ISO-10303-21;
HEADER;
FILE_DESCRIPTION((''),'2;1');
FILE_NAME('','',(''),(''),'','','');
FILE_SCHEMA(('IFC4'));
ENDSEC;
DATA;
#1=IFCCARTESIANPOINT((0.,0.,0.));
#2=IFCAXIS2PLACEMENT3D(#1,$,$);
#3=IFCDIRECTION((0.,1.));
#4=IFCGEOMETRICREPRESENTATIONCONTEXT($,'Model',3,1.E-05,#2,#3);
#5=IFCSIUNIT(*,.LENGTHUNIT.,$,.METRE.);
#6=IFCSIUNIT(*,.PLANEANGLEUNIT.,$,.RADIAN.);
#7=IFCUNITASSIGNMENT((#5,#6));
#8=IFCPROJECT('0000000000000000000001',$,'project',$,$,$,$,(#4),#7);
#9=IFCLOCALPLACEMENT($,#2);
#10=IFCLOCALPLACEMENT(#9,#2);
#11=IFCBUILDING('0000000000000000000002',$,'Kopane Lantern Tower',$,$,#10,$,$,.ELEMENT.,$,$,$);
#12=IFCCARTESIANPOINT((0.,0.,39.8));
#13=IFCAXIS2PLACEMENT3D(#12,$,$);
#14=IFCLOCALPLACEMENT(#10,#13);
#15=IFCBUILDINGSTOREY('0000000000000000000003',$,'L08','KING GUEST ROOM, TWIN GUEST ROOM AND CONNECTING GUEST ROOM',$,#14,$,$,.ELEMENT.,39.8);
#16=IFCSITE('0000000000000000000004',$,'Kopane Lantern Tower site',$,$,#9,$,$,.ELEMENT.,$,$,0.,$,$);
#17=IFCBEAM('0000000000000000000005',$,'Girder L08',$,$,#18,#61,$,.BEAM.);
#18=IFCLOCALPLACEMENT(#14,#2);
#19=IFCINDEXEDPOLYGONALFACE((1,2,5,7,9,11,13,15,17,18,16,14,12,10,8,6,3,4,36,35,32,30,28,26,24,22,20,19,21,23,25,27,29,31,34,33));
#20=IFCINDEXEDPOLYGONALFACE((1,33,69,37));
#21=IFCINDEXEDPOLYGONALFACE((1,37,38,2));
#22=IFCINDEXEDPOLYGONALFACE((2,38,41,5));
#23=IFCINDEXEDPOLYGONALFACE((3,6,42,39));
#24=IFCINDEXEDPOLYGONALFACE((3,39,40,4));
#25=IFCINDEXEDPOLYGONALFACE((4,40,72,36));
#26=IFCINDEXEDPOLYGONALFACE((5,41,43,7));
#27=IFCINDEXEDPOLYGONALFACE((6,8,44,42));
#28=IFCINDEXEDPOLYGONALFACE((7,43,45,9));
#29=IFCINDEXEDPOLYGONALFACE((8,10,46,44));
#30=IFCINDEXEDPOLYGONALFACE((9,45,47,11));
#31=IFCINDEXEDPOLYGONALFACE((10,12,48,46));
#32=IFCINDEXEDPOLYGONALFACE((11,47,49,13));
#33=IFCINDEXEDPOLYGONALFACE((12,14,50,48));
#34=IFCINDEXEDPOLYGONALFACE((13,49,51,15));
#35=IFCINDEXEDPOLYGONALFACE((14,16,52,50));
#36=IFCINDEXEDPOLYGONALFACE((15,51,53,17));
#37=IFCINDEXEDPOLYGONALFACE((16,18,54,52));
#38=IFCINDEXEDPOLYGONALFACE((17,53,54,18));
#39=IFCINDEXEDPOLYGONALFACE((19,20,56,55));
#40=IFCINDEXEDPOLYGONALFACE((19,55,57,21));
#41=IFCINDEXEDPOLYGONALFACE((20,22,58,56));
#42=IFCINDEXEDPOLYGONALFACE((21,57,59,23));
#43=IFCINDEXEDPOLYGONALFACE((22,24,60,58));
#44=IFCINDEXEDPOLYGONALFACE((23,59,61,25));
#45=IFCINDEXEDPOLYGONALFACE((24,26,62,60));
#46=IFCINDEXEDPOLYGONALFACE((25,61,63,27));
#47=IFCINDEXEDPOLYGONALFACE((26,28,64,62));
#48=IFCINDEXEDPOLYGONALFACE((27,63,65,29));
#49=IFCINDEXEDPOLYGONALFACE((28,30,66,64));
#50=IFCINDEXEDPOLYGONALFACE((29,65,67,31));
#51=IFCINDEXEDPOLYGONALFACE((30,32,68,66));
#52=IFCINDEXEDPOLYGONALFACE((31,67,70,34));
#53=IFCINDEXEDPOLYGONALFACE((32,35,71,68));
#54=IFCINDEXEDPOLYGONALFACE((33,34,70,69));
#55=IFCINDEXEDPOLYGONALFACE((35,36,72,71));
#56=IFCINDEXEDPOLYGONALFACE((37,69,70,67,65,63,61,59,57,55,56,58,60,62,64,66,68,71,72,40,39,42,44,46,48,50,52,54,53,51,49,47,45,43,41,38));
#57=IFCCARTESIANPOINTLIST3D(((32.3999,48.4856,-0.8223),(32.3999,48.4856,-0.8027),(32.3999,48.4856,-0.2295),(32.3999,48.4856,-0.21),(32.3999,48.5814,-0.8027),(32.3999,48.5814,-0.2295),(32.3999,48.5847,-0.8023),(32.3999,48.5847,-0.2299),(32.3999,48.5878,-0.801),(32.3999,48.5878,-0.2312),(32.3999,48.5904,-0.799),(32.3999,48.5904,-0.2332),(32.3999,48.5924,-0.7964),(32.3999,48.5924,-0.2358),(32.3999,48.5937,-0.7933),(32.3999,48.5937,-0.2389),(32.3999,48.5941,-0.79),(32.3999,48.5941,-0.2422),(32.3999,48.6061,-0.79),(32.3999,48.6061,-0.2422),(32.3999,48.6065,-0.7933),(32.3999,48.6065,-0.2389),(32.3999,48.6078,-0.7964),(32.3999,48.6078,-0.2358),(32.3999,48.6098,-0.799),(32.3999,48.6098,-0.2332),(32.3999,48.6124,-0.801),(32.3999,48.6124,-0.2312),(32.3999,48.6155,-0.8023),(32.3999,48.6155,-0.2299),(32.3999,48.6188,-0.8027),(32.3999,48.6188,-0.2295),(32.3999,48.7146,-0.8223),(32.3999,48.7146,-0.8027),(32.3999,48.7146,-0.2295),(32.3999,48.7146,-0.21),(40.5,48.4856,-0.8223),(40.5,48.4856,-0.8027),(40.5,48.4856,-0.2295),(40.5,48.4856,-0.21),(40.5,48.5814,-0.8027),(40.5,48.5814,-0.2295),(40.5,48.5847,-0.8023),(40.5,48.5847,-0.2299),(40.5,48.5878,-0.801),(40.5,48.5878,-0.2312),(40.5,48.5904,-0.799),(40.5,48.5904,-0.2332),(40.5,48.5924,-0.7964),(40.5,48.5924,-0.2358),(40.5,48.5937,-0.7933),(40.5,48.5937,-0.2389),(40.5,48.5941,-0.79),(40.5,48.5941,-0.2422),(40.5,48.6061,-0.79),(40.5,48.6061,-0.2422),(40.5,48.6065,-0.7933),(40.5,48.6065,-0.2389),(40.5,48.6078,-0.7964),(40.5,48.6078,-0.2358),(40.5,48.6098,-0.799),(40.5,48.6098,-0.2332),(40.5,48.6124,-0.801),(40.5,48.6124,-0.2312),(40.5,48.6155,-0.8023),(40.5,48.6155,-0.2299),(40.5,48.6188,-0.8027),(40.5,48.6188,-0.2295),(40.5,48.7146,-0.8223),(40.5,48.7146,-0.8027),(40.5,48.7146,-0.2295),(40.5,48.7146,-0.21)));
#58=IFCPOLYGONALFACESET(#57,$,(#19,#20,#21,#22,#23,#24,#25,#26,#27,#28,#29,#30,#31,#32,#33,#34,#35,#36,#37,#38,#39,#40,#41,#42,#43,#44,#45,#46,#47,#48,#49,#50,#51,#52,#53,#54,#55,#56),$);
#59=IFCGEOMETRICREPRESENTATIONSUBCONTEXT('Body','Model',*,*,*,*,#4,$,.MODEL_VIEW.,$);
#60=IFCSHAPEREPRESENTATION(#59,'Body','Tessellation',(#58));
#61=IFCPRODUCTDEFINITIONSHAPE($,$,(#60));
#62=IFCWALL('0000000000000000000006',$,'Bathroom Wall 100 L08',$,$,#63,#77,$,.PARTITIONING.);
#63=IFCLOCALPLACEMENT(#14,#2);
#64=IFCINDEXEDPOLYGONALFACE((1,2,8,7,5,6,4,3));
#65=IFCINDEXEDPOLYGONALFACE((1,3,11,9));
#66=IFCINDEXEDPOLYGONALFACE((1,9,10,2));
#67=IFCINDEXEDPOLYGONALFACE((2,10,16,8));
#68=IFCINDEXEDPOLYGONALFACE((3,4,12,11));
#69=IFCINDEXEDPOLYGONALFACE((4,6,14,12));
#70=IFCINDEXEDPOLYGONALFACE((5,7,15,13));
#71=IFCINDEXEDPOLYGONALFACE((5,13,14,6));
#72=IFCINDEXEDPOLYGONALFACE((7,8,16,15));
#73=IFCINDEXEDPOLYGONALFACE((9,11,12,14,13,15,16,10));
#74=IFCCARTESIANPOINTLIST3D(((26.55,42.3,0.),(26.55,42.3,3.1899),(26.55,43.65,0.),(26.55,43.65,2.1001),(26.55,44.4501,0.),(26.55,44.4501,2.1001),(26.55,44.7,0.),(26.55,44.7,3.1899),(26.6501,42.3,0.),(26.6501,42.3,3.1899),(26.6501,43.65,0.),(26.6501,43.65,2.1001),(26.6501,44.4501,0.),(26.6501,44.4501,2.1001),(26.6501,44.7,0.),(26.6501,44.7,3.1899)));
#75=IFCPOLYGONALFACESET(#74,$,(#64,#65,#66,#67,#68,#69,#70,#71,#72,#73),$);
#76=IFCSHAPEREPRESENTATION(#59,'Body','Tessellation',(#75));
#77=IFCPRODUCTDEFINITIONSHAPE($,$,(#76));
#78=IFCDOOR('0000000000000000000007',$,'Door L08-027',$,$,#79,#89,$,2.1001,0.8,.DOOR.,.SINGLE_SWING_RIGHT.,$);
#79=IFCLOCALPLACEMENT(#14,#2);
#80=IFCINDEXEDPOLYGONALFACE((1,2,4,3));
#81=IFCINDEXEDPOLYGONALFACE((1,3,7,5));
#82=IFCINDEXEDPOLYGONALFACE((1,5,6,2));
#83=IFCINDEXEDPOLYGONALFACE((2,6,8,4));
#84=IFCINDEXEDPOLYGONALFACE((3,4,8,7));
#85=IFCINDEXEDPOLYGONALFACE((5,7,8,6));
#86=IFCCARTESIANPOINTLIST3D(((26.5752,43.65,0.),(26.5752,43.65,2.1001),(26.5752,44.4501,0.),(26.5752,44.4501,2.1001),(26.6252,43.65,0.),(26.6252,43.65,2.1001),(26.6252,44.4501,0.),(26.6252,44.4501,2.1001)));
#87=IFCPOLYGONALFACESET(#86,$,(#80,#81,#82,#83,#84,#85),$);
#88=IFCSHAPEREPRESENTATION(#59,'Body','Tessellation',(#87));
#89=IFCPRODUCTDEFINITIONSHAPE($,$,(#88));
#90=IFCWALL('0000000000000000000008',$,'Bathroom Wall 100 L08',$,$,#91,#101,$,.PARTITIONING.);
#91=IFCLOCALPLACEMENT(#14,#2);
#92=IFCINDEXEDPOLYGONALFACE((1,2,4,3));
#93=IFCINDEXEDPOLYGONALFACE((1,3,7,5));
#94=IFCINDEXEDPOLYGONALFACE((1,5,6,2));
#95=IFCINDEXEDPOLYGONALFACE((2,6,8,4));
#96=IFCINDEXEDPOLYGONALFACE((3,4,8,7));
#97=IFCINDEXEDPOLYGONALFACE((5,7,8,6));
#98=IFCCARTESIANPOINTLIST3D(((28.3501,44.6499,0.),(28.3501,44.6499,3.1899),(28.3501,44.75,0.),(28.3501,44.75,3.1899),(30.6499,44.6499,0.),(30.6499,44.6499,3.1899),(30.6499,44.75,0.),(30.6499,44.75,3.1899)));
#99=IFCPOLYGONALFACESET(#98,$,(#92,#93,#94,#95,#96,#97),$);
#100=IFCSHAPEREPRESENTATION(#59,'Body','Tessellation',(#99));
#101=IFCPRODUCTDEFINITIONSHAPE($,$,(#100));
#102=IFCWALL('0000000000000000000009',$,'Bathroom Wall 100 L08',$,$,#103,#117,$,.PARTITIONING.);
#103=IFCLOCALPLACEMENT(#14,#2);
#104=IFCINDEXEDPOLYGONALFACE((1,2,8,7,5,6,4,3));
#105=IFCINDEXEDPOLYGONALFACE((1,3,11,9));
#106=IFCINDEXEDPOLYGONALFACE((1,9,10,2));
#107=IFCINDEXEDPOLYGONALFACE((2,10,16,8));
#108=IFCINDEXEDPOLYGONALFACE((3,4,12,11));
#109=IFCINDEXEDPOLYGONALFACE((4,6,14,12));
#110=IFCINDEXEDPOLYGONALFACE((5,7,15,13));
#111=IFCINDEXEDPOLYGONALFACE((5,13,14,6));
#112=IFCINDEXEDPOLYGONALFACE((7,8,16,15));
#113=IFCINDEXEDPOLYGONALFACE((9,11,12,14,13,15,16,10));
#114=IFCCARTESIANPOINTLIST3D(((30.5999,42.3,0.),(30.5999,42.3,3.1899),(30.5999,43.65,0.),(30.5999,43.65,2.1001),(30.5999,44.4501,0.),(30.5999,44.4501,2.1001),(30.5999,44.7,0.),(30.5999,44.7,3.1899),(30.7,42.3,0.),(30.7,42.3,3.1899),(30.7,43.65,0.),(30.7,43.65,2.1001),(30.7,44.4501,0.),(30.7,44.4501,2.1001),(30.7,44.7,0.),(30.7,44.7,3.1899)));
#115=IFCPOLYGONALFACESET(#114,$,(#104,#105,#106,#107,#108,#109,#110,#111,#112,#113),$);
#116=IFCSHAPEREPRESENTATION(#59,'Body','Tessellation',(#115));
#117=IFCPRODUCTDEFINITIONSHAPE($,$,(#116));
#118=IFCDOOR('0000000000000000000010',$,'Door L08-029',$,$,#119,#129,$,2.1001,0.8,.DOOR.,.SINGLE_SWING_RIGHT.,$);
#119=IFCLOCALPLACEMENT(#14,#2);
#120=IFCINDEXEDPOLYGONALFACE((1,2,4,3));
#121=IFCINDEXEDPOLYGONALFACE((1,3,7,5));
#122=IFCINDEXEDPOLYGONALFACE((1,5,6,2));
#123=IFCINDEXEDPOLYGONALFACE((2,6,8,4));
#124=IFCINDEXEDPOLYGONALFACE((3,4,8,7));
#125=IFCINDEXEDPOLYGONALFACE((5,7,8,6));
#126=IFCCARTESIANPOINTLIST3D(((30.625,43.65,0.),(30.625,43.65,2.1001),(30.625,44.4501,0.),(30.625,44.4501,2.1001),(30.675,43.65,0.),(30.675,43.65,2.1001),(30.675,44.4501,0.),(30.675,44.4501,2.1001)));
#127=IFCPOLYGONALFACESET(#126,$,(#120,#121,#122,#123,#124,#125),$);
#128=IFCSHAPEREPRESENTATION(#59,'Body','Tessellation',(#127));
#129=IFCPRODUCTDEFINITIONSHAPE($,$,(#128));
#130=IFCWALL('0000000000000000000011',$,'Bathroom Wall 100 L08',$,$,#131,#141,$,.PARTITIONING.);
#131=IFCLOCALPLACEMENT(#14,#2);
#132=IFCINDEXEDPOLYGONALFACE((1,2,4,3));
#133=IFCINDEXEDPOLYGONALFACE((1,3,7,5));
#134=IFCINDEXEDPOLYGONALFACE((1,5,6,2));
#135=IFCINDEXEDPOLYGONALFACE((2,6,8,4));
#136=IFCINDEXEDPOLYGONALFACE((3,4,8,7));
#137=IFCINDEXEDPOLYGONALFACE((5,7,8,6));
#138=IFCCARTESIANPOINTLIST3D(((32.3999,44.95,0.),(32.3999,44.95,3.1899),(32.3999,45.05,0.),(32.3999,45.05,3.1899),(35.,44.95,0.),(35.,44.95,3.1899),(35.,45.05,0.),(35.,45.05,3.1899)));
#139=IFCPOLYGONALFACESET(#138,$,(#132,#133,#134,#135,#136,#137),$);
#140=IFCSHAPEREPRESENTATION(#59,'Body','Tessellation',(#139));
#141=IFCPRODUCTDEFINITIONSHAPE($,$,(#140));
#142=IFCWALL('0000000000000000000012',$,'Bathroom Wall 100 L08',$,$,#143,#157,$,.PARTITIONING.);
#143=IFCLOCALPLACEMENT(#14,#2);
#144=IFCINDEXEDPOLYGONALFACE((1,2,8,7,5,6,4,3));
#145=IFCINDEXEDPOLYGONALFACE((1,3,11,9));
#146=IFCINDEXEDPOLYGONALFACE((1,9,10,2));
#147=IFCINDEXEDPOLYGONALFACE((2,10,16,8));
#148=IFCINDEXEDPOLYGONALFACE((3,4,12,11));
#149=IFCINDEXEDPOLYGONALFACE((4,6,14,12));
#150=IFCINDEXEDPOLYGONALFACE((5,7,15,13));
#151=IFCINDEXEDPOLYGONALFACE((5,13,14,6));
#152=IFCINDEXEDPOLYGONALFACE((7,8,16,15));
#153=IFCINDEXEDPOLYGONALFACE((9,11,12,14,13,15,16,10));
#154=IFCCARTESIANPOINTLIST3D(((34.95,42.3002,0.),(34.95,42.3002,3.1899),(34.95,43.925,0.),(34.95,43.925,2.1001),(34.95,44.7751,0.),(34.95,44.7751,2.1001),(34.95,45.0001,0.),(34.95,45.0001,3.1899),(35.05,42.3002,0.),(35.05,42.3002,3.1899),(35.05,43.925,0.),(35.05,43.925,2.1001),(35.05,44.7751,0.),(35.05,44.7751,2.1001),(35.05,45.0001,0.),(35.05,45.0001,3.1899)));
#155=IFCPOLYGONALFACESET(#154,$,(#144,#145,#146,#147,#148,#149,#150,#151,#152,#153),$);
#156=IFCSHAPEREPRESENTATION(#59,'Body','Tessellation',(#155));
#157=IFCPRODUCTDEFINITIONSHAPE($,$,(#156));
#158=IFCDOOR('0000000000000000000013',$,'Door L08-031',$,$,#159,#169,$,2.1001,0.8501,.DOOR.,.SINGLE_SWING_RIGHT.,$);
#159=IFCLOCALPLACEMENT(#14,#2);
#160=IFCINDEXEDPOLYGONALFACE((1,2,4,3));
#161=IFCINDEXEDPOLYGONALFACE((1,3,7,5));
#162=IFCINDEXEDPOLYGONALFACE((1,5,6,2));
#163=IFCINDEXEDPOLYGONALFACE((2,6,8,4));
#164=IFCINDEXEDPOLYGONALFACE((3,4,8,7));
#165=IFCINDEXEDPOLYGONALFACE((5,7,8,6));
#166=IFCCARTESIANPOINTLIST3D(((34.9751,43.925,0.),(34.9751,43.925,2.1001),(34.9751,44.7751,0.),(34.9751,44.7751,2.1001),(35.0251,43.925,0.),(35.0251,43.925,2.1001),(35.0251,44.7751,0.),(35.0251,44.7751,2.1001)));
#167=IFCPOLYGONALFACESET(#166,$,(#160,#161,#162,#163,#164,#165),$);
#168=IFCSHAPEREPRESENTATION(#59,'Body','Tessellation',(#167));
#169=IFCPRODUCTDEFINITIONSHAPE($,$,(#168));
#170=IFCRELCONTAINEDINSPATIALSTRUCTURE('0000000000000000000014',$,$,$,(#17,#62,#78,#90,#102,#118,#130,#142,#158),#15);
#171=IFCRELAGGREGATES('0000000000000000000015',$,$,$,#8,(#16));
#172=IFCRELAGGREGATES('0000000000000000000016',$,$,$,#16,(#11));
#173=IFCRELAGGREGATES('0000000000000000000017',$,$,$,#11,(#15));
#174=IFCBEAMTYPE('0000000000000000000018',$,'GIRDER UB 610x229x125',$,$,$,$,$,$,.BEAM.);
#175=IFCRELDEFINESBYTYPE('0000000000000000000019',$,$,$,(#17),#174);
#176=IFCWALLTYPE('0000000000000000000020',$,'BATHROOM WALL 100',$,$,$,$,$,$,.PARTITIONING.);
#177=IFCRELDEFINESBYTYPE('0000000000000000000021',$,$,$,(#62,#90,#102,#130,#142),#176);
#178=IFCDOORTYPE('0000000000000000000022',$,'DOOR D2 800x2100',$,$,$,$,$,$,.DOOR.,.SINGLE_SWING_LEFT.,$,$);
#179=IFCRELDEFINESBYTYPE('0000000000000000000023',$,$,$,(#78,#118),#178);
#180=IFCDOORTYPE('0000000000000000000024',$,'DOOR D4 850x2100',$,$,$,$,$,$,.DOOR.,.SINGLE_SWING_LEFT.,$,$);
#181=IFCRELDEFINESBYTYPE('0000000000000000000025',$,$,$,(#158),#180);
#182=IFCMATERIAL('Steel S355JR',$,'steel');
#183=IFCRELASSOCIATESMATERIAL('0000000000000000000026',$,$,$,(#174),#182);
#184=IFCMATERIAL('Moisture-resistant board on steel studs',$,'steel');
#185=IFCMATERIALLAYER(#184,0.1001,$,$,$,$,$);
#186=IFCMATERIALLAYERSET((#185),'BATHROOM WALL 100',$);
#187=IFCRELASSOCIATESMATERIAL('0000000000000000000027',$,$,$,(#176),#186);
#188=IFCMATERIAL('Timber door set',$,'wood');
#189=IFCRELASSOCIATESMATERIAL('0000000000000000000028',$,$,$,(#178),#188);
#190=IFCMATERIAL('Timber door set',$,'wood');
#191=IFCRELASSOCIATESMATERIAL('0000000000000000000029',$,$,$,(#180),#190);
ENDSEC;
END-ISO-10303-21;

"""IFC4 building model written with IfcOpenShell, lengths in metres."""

from ifc_helpers import new_model, si_unit, direction, frame, frame_2d, origin, origin_2d, place, context, subcontext, project, spatial, rectangle, i_section, extrude, material, layer, layer_set, material_profile, profile_set, type_object, element, fill, save


model = new_model("IFC4")

# Units and contexts
model_context = context("Model", 3, precision=1e-05, world=origin(), true_north=direction((0.0, 1.0)))
body_context = subcontext(model_context, "Body", "Model", "MODEL_VIEW")
ifc_project = project(units=[si_unit("LENGTHUNIT", "METRE"), si_unit("PLANEANGLEUNIT", "RADIAN")], contexts=[model_context])

# Site, building, storey
site_placement = place(None, origin())
site = spatial("IfcSite", under=ifc_project, at=site_placement, Name="Kopane Lantern Tower site", CompositionType="ELEMENT", RefElevation=0.0)
building_placement = place(site_placement, origin())
building = spatial("IfcBuilding", under=site, at=building_placement, Name="Kopane Lantern Tower", CompositionType="ELEMENT")
storey_placement = place(building_placement, frame((0.0, 0.0, 39.8)))
storey = spatial("IfcBuildingStorey", under=building, at=storey_placement, Name="L08", Description="KING GUEST ROOM, TWIN GUEST ROOM AND CONNECTING GUEST ROOM", CompositionType="ELEMENT", Elevation=39.8)

# Beam
ifc_material_1 = material(Name="Steel S355JR", Category="steel")
ifc_material_profile_1 = material_profile(ifc_material_1, i_section(OverallWidth=0.229, OverallDepth=0.6123, WebThickness=0.012, FlangeThickness=0.0195, FilletRadius=0.0127, at=origin_2d()), Name="UB 610x229x125")
ifc_profile_set_1 = profile_set([ifc_material_profile_1], Name="Steel S355JR")
beam_type = type_object("IfcBeamType", Name="GIRDER UB 610x229x125", PredefinedType="BEAM", material=ifc_profile_set_1)
for number, where, z_axis, x_axis, name in (
    (1, (32.3999, 48.6001, -0.5161), (1.0, 0.0, 0.0), (0.0, 1.0, 0.0), "Girder L08"),
):
    element("IfcBeam", number, at=place(storey_placement, frame(where, z_axis=z_axis, x_axis=x_axis)), inside=storey, type_object=beam_type, Name=name, PredefinedType="BEAM", context=body_context, shape_type="SweptSolid", body=[
        extrude(i_section(OverallWidth=0.229, OverallDepth=0.6123, WebThickness=0.012, FlangeThickness=0.0195, FilletRadius=0.0127, at=origin_2d()), origin(), (0.0, 0.0, 1.0), 8.1001),
    ])

# Wall, opening, door
ifc_material_2 = material(Name="Moisture-resistant board on steel studs", Category="steel")
ifc_layer_1 = layer(ifc_material_2, 0.1001)
ifc_layer_set_1 = layer_set([ifc_layer_1], Name="BATHROOM WALL 100")
wall_type_1 = type_object("IfcWallType", Name="BATHROOM WALL 100", PredefinedType="PARTITIONING", material=ifc_layer_set_1)
wall_1_placement = place(storey_placement, frame((26.6001, 42.3, 0.0), z_axis=(0.0, 0.0, 1.0), x_axis=(0.0, 1.0, 0.0)))
wall_1 = element("IfcWall", 2, at=wall_1_placement, inside=storey, type_object=wall_type_1, Name="Bathroom Wall 100 L08", PredefinedType="PARTITIONING", context=body_context, shape_type="SweptSolid", body=[
    extrude(rectangle(XDim=2.3999, YDim=0.1001, at=frame_2d((1.2, 0.0))), origin(), (0.0, 0.0, 1.0), 3.1899),
])
opening_1_placement = place(wall_1_placement, frame((1.3501, 0.0, 0.0)))
opening_1 = element("IfcOpeningElement", 3, at=opening_1_placement, cuts=wall_1, PredefinedType="OPENING", context=body_context, shape_type="SweptSolid", body=[
    extrude(rectangle(XDim=0.8, YDim=2.1001, at=frame_2d((0.3999, 1.05))), frame((0.0, 0.0601, 0.0), z_axis=(0.0, -1.0, 0.0), x_axis=(1.0, 0.0, 0.0)), (0.0, 0.0, 1.0), 0.1201),
])
ifc_material_3 = material(Name="Timber door set", Category="wood")
door_type_1 = type_object("IfcDoorType", Name="DOOR D2 800x2100", OperationType="SINGLE_SWING_LEFT", PredefinedType="DOOR", material=ifc_material_3)
door_1_placement = place(opening_1_placement, origin())
door_1 = element("IfcDoor", 4, at=door_1_placement, inside=storey, type_object=door_type_1, Name="Door L08-027", OperationType="SINGLE_SWING_RIGHT", OverallHeight=2.1001, OverallWidth=0.8, PredefinedType="DOOR", context=body_context, shape_type="SweptSolid", body=[
    extrude(rectangle(XDim=0.8, YDim=2.1001, at=frame_2d((0.3999, 1.05))), frame((0.0, 0.0249, 0.0), z_axis=(0.0, -1.0, 0.0), x_axis=(1.0, 0.0, 0.0)), (0.0, 0.0, 1.0), 0.05),
])
fill(opening_1, door_1)

# Wall
wall_2_placement = place(storey_placement, frame((28.3501, 44.7, 0.0), z_axis=(0.0, 0.0, 1.0), x_axis=(1.0, 0.0, 0.0)))
element("IfcWall", 5, at=wall_2_placement, inside=storey, type_object=wall_type_1, Name="Bathroom Wall 100 L08", PredefinedType="PARTITIONING", context=body_context, shape_type="SweptSolid", body=[
    extrude(rectangle(XDim=2.2998, YDim=0.1001, at=frame_2d((1.1499, 0.0))), origin(), (0.0, 0.0, 1.0), 3.1899),
])

# Wall, opening, door
wall_3_placement = place(storey_placement, frame((30.6499, 42.3, 0.0), z_axis=(0.0, 0.0, 1.0), x_axis=(0.0, 1.0, 0.0)))
wall_3 = element("IfcWall", 6, at=wall_3_placement, inside=storey, type_object=wall_type_1, Name="Bathroom Wall 100 L08", PredefinedType="PARTITIONING", context=body_context, shape_type="SweptSolid", body=[
    extrude(rectangle(XDim=2.3999, YDim=0.1001, at=frame_2d((1.2, 0.0))), origin(), (0.0, 0.0, 1.0), 3.1899),
])
opening_2_placement = place(wall_3_placement, frame((1.3501, 0.0, 0.0)))
opening_2 = element("IfcOpeningElement", 7, at=opening_2_placement, cuts=wall_3, PredefinedType="OPENING", context=body_context, shape_type="SweptSolid", body=[
    extrude(rectangle(XDim=0.8, YDim=2.1001, at=frame_2d((0.3999, 1.05))), frame((0.0, 0.0601, 0.0), z_axis=(0.0, -1.0, 0.0), x_axis=(1.0, 0.0, 0.0)), (0.0, 0.0, 1.0), 0.1201),
])
door_2_placement = place(opening_2_placement, origin())
door_2 = element("IfcDoor", 8, at=door_2_placement, inside=storey, type_object=door_type_1, Name="Door L08-029", OperationType="SINGLE_SWING_RIGHT", OverallHeight=2.1001, OverallWidth=0.8, PredefinedType="DOOR", context=body_context, shape_type="SweptSolid", body=[
    extrude(rectangle(XDim=0.8, YDim=2.1001, at=frame_2d((0.3999, 1.05))), frame((0.0, 0.0249, 0.0), z_axis=(0.0, -1.0, 0.0), x_axis=(1.0, 0.0, 0.0)), (0.0, 0.0, 1.0), 0.05),
])
fill(opening_2, door_2)

# Wall
wall_4_placement = place(storey_placement, frame((32.3999, 45.0, 0.0), z_axis=(0.0, 0.0, 1.0), x_axis=(1.0, 0.0, 0.0)))
element("IfcWall", 9, at=wall_4_placement, inside=storey, type_object=wall_type_1, Name="Bathroom Wall 100 L08", PredefinedType="PARTITIONING", context=body_context, shape_type="SweptSolid", body=[
    extrude(rectangle(XDim=2.6001, YDim=0.1001, at=frame_2d((1.3, 0.0))), origin(), (0.0, 0.0, 1.0), 3.1899),
])

# Wall, opening, door
wall_5_placement = place(storey_placement, frame((35.0, 42.3, 0.0), z_axis=(0.0, 0.0, 1.0), x_axis=(0.0, 1.0, 0.0)))
wall_5 = element("IfcWall", 10, at=wall_5_placement, inside=storey, type_object=wall_type_1, Name="Bathroom Wall 100 L08", PredefinedType="PARTITIONING", context=body_context, shape_type="SweptSolid", body=[
    extrude(rectangle(XDim=2.7, YDim=0.1001, at=frame_2d((1.3501, 0.0))), origin(), (0.0, 0.0, 1.0), 3.1899),
])
opening_3_placement = place(wall_5_placement, frame((1.625, 0.0, 0.0)))
opening_3 = element("IfcOpeningElement", 11, at=opening_3_placement, cuts=wall_5, PredefinedType="OPENING", context=body_context, shape_type="SweptSolid", body=[
    extrude(rectangle(XDim=0.8501, YDim=2.1001, at=frame_2d((0.425, 1.05))), frame((0.0, 0.0601, 0.0), z_axis=(0.0, -1.0, 0.0), x_axis=(1.0, 0.0, 0.0)), (0.0, 0.0, 1.0), 0.1201),
])
ifc_material_4 = material(Name="Timber door set", Category="wood")
door_type_2 = type_object("IfcDoorType", Name="DOOR D4 850x2100", OperationType="SINGLE_SWING_LEFT", PredefinedType="DOOR", material=ifc_material_4)
door_3_placement = place(opening_3_placement, origin())
door_3 = element("IfcDoor", 12, at=door_3_placement, inside=storey, type_object=door_type_2, Name="Door L08-031", OperationType="SINGLE_SWING_RIGHT", OverallHeight=2.1001, OverallWidth=0.8501, PredefinedType="DOOR", context=body_context, shape_type="SweptSolid", body=[
    extrude(rectangle(XDim=0.8501, YDim=2.1001, at=frame_2d((0.425, 1.05))), frame((0.0, 0.0249, 0.0), z_axis=(0.0, -1.0, 0.0), x_axis=(1.0, 0.0, 0.0)), (0.0, 0.0, 1.0), 0.05),
])
fill(opening_3, door_3)

save(model, "model.ifc")
